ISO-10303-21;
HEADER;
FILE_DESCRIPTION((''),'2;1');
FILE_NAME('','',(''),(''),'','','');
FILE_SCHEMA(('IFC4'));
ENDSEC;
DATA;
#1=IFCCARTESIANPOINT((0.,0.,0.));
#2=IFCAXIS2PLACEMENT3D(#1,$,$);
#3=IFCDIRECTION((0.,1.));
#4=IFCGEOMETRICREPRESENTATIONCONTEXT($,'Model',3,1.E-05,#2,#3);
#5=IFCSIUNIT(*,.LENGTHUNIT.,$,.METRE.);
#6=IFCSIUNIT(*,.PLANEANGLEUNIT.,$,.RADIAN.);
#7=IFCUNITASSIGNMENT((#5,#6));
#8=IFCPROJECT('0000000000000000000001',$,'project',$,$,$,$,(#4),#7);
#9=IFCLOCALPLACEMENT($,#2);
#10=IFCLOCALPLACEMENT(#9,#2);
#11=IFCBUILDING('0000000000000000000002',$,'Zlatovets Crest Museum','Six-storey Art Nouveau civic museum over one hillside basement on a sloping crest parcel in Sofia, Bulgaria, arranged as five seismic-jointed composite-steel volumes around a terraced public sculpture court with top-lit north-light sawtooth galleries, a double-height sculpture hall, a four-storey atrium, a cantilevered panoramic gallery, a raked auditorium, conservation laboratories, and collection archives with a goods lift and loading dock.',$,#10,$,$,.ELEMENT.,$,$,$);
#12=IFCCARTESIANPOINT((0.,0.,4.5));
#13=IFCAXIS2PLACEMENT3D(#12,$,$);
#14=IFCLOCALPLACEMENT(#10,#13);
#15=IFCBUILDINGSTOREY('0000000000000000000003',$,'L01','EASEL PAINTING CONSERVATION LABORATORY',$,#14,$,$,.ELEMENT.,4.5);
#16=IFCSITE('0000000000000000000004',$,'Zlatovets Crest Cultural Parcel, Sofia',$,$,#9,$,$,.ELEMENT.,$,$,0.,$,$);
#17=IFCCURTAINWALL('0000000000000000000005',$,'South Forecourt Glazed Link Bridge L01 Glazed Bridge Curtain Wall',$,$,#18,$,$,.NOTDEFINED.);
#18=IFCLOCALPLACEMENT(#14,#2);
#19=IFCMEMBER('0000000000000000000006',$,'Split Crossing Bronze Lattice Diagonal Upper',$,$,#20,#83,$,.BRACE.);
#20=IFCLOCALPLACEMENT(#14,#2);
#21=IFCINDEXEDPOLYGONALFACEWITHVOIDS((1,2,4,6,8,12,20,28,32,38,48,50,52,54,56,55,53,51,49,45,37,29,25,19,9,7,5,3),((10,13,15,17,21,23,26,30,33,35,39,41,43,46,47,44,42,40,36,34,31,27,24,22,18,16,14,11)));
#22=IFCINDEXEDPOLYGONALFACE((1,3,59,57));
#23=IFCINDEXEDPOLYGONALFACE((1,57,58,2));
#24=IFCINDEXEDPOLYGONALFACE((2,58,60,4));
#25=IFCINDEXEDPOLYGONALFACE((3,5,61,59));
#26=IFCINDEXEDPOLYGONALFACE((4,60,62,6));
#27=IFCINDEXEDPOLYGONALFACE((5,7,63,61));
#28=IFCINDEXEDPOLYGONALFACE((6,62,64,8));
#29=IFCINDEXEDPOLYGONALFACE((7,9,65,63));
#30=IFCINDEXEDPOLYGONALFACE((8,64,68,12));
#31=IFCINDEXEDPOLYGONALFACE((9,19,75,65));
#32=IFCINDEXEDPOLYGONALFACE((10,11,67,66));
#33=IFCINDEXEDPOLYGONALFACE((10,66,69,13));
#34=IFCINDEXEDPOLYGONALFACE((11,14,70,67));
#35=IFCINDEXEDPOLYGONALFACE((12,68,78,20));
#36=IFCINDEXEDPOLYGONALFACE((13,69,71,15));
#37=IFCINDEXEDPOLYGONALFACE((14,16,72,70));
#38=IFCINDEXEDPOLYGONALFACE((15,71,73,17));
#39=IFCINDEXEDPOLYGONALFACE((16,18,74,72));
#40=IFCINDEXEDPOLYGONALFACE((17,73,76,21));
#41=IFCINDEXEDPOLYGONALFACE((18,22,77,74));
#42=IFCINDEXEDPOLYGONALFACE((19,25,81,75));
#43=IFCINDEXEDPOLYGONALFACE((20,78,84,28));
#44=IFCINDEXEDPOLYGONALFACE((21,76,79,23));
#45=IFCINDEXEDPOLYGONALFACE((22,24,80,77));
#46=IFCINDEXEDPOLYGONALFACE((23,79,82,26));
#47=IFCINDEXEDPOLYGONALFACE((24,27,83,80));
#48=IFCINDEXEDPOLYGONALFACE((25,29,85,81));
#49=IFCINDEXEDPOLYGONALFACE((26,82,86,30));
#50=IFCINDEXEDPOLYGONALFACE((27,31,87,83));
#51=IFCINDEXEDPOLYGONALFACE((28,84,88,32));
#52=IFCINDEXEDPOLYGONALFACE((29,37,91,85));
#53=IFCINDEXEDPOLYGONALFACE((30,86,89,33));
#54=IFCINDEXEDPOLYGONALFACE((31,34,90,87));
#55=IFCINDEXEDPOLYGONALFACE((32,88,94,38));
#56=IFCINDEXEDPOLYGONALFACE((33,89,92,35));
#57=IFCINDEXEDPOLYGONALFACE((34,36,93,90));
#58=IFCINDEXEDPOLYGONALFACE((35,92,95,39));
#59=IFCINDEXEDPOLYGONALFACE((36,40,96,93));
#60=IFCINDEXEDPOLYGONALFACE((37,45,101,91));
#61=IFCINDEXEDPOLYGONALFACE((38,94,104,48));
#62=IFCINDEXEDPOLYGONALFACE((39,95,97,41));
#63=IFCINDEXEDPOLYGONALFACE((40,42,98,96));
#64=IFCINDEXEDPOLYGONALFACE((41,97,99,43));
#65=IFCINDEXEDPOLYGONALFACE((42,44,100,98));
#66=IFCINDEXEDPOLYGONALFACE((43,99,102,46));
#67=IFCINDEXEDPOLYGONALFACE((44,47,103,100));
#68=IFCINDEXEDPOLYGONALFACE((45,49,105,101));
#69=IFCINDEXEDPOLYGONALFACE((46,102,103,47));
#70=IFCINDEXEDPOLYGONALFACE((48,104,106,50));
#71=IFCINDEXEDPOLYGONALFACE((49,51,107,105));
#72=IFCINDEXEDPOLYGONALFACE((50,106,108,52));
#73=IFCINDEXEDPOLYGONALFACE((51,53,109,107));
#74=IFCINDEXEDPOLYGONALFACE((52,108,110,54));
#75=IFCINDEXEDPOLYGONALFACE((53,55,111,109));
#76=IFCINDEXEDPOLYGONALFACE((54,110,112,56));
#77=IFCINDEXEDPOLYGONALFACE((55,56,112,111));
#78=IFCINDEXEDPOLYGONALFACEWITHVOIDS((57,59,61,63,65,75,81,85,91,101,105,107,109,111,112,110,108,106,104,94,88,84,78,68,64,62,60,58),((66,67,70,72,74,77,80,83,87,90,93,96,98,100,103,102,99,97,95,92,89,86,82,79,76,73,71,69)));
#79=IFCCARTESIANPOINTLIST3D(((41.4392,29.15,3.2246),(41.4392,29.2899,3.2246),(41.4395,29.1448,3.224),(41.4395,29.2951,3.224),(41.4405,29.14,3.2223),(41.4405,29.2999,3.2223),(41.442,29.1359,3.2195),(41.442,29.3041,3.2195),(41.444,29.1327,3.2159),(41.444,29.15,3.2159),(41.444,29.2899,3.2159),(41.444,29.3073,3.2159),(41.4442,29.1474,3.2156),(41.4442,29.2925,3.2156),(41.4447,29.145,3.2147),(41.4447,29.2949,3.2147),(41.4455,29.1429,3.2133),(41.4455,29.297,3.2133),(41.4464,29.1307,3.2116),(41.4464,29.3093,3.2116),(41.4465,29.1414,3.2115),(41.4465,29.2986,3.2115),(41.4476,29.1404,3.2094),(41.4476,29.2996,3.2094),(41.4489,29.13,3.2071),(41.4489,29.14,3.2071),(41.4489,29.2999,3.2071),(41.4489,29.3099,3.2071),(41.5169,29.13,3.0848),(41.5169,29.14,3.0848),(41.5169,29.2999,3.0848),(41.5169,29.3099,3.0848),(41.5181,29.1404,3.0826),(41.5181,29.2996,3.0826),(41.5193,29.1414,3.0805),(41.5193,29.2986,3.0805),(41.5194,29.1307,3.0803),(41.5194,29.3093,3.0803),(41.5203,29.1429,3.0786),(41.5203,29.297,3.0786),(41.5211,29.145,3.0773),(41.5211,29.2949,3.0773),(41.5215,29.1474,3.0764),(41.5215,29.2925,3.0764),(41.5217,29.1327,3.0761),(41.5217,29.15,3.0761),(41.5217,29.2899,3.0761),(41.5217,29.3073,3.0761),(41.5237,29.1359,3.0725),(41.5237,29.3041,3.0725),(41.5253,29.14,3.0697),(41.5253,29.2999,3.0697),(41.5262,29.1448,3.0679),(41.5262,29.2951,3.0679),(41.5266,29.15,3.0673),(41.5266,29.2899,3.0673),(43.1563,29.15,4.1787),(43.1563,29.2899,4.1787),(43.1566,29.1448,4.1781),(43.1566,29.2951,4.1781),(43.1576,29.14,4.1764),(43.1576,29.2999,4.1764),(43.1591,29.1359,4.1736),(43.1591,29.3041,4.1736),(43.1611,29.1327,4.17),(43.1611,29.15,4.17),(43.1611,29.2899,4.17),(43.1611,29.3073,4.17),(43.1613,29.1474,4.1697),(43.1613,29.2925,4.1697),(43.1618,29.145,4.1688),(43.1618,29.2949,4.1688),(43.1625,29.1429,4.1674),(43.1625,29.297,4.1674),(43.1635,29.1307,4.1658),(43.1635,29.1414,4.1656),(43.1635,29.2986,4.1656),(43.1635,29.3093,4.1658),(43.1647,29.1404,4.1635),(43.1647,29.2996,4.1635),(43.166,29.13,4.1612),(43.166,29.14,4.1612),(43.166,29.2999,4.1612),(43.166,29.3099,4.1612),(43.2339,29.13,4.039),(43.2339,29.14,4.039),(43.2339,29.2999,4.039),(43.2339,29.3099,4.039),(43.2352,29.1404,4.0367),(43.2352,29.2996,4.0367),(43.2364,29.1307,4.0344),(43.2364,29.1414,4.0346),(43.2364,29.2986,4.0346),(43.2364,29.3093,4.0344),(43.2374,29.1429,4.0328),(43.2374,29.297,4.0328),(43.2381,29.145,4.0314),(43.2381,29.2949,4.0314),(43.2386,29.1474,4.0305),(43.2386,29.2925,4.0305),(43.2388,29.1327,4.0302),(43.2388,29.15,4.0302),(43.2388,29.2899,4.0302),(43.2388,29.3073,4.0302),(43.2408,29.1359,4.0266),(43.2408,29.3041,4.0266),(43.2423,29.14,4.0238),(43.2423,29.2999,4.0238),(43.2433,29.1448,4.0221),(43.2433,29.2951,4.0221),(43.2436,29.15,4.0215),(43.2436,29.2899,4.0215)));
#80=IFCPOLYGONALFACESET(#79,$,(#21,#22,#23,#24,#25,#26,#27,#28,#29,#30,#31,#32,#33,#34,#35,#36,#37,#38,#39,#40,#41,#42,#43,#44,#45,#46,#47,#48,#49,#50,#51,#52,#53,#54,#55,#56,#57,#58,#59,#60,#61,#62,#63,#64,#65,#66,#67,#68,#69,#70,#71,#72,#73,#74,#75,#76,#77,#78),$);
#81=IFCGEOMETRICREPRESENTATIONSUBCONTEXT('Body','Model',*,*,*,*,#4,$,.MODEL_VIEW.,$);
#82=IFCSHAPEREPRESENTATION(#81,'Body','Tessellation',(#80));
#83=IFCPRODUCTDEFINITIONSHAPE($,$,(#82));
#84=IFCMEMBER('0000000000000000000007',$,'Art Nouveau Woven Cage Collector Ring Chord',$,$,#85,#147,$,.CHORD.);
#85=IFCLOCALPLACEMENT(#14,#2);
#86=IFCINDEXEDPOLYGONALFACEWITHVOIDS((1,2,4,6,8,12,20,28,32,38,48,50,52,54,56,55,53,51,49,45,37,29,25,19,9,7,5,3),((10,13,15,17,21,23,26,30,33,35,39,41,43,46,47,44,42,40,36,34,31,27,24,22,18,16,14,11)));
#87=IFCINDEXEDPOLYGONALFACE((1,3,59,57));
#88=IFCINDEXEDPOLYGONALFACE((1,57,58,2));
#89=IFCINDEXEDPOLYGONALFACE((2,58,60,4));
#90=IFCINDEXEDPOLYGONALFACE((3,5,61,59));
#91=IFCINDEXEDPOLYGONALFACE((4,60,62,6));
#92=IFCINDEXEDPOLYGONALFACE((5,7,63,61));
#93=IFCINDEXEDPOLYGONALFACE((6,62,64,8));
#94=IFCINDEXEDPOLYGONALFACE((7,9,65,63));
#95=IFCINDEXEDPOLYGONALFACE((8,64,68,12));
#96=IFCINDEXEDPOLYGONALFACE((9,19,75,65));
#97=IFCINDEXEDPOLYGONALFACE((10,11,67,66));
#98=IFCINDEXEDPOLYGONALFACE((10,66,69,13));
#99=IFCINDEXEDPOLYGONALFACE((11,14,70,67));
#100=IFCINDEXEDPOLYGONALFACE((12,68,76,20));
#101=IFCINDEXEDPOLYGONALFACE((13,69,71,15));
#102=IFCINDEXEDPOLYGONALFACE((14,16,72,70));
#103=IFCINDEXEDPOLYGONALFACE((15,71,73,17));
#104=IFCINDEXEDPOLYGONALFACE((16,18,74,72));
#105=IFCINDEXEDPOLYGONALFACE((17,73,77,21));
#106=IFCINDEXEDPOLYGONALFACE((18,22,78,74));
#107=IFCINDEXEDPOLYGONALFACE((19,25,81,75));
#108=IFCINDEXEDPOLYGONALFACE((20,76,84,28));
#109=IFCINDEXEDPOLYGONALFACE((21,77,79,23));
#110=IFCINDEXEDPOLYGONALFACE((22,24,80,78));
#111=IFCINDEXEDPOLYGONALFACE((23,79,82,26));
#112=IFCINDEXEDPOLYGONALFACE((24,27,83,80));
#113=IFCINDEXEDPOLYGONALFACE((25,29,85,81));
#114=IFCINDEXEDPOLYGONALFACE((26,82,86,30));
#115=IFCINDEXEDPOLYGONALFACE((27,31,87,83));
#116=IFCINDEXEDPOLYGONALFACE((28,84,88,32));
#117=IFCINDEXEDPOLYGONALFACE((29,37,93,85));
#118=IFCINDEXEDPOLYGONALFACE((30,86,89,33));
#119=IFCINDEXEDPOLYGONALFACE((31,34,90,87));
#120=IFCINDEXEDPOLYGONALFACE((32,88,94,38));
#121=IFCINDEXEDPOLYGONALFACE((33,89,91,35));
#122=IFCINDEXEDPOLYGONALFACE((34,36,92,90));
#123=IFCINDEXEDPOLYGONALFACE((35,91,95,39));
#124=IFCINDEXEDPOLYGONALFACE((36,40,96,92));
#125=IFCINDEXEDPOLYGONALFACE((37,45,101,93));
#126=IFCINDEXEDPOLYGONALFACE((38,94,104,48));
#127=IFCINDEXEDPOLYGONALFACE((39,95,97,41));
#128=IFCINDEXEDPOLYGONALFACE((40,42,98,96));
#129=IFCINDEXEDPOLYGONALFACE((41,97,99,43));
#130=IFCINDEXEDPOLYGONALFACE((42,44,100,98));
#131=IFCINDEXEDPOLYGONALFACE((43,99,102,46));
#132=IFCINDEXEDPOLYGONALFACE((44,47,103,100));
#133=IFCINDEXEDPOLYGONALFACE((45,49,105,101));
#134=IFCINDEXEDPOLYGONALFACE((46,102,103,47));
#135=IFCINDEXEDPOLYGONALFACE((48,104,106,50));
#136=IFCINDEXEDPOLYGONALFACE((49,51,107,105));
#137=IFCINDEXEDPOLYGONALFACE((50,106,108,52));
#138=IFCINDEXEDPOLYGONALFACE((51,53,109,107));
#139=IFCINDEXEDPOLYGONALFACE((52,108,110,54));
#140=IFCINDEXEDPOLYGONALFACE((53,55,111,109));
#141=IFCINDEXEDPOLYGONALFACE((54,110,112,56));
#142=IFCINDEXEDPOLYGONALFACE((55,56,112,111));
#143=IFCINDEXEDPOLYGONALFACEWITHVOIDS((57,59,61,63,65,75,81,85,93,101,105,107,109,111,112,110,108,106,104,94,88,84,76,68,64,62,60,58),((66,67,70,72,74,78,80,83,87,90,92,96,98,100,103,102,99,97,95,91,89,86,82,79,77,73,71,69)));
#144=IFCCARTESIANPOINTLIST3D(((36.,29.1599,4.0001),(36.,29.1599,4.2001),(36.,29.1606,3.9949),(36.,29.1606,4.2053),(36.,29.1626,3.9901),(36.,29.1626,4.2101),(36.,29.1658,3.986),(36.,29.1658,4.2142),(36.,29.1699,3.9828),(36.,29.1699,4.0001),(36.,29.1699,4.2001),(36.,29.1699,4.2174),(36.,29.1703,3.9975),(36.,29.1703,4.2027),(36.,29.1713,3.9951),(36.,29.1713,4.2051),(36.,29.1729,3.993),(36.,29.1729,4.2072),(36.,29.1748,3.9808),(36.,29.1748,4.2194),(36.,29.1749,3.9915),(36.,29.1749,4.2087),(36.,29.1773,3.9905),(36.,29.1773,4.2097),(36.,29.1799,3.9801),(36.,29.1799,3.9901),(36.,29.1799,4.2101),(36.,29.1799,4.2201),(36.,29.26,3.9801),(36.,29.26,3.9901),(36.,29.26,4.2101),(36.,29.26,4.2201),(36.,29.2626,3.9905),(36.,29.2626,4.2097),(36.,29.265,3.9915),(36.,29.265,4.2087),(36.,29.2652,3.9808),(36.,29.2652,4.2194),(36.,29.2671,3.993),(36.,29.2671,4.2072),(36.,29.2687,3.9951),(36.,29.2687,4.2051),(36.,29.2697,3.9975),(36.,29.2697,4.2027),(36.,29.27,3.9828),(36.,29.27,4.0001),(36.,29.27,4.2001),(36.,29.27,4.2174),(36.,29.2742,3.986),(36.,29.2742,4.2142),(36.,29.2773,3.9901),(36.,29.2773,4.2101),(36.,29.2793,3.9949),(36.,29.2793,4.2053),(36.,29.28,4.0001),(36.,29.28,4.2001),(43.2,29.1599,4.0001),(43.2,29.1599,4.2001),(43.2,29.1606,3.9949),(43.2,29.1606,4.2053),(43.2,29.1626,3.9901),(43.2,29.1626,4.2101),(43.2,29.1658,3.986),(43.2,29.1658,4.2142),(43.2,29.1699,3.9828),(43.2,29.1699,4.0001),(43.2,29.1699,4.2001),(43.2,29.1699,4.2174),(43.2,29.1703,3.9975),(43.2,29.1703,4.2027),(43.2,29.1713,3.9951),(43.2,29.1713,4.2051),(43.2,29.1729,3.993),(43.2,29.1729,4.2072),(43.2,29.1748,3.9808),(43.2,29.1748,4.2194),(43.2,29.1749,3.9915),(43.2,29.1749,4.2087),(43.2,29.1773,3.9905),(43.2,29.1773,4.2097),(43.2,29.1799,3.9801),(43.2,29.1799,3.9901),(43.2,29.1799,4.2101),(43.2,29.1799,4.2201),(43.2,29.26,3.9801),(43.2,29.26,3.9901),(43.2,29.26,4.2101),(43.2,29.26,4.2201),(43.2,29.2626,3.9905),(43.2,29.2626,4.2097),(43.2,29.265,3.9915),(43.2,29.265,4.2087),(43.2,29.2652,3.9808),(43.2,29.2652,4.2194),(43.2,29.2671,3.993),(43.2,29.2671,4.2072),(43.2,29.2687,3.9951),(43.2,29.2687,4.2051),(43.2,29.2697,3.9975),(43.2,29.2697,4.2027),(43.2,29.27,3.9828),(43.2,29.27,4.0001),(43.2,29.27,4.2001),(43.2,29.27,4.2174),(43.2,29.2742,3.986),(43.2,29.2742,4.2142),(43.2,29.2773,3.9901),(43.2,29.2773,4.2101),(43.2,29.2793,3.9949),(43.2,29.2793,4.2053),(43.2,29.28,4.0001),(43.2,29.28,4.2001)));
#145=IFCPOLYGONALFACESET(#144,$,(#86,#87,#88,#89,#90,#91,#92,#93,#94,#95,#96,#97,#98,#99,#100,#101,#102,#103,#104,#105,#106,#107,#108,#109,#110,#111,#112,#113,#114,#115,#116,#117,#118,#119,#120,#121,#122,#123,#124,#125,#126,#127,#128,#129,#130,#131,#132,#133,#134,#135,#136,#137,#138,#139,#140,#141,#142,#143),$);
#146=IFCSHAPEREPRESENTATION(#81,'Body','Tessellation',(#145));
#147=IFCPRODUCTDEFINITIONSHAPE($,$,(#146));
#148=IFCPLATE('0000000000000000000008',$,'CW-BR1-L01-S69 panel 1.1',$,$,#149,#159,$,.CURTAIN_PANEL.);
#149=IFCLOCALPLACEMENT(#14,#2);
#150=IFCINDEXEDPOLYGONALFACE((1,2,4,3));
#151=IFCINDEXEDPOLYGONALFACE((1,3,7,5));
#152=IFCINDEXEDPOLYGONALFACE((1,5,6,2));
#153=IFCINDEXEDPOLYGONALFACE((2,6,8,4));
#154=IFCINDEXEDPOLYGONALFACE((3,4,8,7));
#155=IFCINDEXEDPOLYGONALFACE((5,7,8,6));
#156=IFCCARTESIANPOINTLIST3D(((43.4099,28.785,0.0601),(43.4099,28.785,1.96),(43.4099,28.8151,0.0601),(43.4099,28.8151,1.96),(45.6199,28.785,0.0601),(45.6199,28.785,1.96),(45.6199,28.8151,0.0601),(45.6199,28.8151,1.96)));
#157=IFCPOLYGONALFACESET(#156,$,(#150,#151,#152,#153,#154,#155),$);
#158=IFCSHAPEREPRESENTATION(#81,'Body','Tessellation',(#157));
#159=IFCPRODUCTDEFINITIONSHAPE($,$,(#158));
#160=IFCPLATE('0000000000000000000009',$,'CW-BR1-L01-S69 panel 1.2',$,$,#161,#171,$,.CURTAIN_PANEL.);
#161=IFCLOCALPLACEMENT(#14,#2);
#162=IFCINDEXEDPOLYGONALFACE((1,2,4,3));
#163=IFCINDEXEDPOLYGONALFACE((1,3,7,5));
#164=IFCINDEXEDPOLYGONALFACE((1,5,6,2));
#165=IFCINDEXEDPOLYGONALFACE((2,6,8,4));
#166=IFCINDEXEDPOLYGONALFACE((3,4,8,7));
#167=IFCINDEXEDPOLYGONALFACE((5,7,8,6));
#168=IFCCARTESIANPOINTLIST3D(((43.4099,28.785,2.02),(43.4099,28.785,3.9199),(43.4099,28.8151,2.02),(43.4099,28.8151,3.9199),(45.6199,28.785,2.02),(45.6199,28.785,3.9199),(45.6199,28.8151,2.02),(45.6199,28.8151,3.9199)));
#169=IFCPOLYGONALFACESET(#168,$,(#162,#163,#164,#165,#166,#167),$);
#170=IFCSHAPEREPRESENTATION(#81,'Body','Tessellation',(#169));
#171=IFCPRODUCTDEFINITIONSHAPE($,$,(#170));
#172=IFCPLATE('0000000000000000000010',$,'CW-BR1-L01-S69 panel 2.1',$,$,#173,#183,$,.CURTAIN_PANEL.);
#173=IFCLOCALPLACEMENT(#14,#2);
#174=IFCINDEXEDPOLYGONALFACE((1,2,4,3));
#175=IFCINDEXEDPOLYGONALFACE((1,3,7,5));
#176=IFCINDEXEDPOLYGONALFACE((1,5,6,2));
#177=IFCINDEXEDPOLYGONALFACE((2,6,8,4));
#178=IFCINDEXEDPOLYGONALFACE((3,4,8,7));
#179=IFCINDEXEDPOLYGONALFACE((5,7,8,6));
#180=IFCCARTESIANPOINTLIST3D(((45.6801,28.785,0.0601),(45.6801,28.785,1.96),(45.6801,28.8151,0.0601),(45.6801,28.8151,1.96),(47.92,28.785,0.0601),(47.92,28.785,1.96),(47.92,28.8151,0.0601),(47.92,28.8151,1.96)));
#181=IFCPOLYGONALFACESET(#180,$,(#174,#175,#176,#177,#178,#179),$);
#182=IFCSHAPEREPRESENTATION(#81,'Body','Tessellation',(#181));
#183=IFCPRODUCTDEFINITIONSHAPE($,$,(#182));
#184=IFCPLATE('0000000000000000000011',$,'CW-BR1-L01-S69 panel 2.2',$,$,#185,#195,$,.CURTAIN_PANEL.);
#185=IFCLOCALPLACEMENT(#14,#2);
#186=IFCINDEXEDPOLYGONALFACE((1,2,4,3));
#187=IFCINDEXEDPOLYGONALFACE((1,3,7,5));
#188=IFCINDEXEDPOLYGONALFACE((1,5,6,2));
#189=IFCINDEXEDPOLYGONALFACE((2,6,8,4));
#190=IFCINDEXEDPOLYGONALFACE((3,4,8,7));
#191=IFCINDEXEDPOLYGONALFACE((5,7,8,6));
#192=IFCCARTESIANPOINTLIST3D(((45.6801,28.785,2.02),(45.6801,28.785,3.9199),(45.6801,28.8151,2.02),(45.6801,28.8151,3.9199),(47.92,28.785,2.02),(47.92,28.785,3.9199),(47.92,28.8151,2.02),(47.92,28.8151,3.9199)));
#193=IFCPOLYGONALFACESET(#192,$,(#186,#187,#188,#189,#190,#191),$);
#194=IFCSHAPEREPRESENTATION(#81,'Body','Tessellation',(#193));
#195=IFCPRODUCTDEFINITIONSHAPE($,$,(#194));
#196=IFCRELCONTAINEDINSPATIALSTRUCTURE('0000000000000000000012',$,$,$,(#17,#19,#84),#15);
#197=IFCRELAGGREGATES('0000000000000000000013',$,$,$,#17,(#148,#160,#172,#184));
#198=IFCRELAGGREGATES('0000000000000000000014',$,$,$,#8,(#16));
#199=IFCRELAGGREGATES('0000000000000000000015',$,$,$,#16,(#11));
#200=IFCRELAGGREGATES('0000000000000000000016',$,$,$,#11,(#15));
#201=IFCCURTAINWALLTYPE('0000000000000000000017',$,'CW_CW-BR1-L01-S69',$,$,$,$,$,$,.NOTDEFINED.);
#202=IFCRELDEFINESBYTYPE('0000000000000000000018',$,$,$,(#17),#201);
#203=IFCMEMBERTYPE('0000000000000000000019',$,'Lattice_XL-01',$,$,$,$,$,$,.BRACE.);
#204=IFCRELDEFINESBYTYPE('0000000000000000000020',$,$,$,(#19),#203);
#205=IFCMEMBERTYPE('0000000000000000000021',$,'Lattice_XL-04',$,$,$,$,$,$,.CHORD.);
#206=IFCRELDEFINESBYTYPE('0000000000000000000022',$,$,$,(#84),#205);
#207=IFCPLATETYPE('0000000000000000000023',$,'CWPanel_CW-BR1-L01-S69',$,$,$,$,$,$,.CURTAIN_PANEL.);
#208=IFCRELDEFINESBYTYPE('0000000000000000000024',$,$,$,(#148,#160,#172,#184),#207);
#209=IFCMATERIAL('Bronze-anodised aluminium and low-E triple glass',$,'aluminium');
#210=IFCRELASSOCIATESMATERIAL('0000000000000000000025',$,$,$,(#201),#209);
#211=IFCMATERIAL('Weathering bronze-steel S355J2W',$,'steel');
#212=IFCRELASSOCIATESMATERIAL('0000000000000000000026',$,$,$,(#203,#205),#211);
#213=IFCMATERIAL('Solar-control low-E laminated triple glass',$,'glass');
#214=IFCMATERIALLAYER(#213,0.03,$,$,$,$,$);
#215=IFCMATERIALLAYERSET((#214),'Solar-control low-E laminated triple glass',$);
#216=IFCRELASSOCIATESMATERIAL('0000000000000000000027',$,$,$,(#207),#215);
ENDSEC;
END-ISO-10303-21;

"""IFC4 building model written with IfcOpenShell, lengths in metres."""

from ifc_helpers import new_model, si_unit, direction, frame, origin, origin_2d, place, context, subcontext, project, spatial, rectangle, hollow_rectangle, extrude, material, layer, layer_set, material_profile, profile_set, type_object, element, aggregate, save


model = new_model("IFC4")

# Units and contexts
model_context = context("Model", 3, precision=1e-05, world=origin(), true_north=direction((0.0, 1.0)))
body_context = subcontext(model_context, "Body", "Model", "MODEL_VIEW")
ifc_project = project(units=[si_unit("LENGTHUNIT", "METRE"), si_unit("PLANEANGLEUNIT", "RADIAN")], contexts=[model_context])

# Site, building, storey
site_placement = place(None, origin())
site = spatial("IfcSite", under=ifc_project, at=site_placement, Name="Zlatovets Crest Cultural Parcel, Sofia", CompositionType="ELEMENT", RefElevation=0.0)
building_placement = place(site_placement, origin())
building = spatial("IfcBuilding", under=site, at=building_placement, Name="Zlatovets Crest Museum", Description="Six-storey Art Nouveau civic museum over one hillside basement on a sloping crest parcel in Sofia, Bulgaria, arranged as five seismic-jointed composite-steel volumes around a terraced public sculpture court with top-lit north-light sawtooth galleries, a double-height sculpture hall, a four-storey atrium, a cantilevered panoramic gallery, a raked auditorium, conservation laboratories, and collection archives with a goods lift and loading dock.", CompositionType="ELEMENT")
storey_placement = place(building_placement, frame((0.0, 0.0, 4.5)))
storey = spatial("IfcBuildingStorey", under=building, at=storey_placement, Name="L01", Description="EASEL PAINTING CONSERVATION LABORATORY", CompositionType="ELEMENT", Elevation=4.5)

# Shared definitions
ifc_material_1 = material(Name="Bronze-anodised aluminium and low-E triple glass", Category="aluminium")
curtain_wall_type = type_object("IfcCurtainWallType", Name="CW_CW-BR1-L01-S69", PredefinedType="NOTDEFINED", material=ifc_material_1)

# Curtain wall
curtain_wall_1_placement = place(storey_placement, origin())
curtain_wall_1 = element("IfcCurtainWall", 1, at=curtain_wall_1_placement, inside=storey, type_object=curtain_wall_type, Name="South Forecourt Glazed Link Bridge L01 Glazed Bridge Curtain Wall", PredefinedType="NOTDEFINED")

# Members
ifc_material_2 = material(Name="Weathering bronze-steel S355J2W", Category="steel")
ifc_material_profile_1 = material_profile(ifc_material_2, hollow_rectangle(XDim=0.1799, YDim=0.1799, WallThickness=0.01, InnerFilletRadius=0.01, OuterFilletRadius=0.02, at=origin_2d()), Name="SHS 180x180x10.0")
ifc_profile_set_1 = profile_set([ifc_material_profile_1], Name="Weathering bronze-steel S355J2W")
member_type_1 = type_object("IfcMemberType", Name="Lattice_XL-01", PredefinedType="BRACE", material=ifc_profile_set_1)
member_1_placement = place(storey_placement, frame((43.2, 29.22, 4.1001), z_axis=(-0.874116, 0.0, -0.485717), x_axis=(0.0, -1.0, 0.0)))
element("IfcMember", 2, at=member_1_placement, inside=storey, type_object=member_type_1, Name="Split Crossing Bronze Lattice Diagonal Upper", PredefinedType="BRACE", context=body_context, shape_type="SweptSolid", body=[
    extrude(hollow_rectangle(XDim=0.1799, YDim=0.1799, WallThickness=0.01, InnerFilletRadius=0.01, OuterFilletRadius=0.02, at=origin_2d()), origin(), (0.0, 0.0, 1.0), 1.9644),
])
ifc_material_profile_2 = material_profile(ifc_material_2, hollow_rectangle(XDim=0.1201, YDim=0.24, WallThickness=0.01, InnerFilletRadius=0.01, OuterFilletRadius=0.02, at=origin_2d()), Name="RHS 120x240x10.0")
ifc_profile_set_2 = profile_set([ifc_material_profile_2], Name="Weathering bronze-steel S355J2W")
member_type_2 = type_object("IfcMemberType", Name="Lattice_XL-04", PredefinedType="CHORD", material=ifc_profile_set_2)
member_2_placement = place(storey_placement, frame((43.2, 29.22, 4.1001), z_axis=(-1.0, 0.0, 0.0), x_axis=(0.0, -1.0, 0.0)))
element("IfcMember", 3, at=member_2_placement, inside=storey, type_object=member_type_2, Name="Art Nouveau Woven Cage Collector Ring Chord", PredefinedType="CHORD", context=body_context, shape_type="SweptSolid", body=[
    extrude(hollow_rectangle(XDim=0.1201, YDim=0.24, WallThickness=0.01, InnerFilletRadius=0.01, OuterFilletRadius=0.02, at=origin_2d()), origin(), (0.0, 0.0, 1.0), 7.2),
])

# Plates
ifc_material_3 = material(Name="Solar-control low-E laminated triple glass", Category="glass")
ifc_layer = layer(ifc_material_3, 0.03)
ifc_layer_set = layer_set([ifc_layer], Name="Solar-control low-E laminated triple glass")
plate_type = type_object("IfcPlateType", Name="CWPanel_CW-BR1-L01-S69", PredefinedType="CURTAIN_PANEL", material=ifc_layer_set)
plate_1_placement = place(storey_placement, frame((44.5149, 28.8, 0.0601), z_axis=(0.0, 0.0, 1.0), x_axis=(1.0, 0.0, 0.0)))
plate_1 = element("IfcPlate", 4, at=plate_1_placement, type_object=plate_type, Name="CW-BR1-L01-S69 panel 1.1", PredefinedType="CURTAIN_PANEL", context=body_context, shape_type="SweptSolid", body=[
    extrude(rectangle(XDim=2.21, YDim=0.03, at=origin_2d()), origin(), (0.0, 0.0, 1.0), 1.8999),
])
plate_2_placement = place(storey_placement, frame((44.5149, 28.8, 2.02), z_axis=(0.0, 0.0, 1.0), x_axis=(1.0, 0.0, 0.0)))
plate_2 = element("IfcPlate", 5, at=plate_2_placement, type_object=plate_type, Name="CW-BR1-L01-S69 panel 1.2", PredefinedType="CURTAIN_PANEL", context=body_context, shape_type="SweptSolid", body=[
    extrude(rectangle(XDim=2.21, YDim=0.03, at=origin_2d()), origin(), (0.0, 0.0, 1.0), 1.8999),
])
plate_3_placement = place(storey_placement, frame((46.8, 28.8, 0.0601), z_axis=(0.0, 0.0, 1.0), x_axis=(1.0, 0.0, 0.0)))
plate_3 = element("IfcPlate", 6, at=plate_3_placement, type_object=plate_type, Name="CW-BR1-L01-S69 panel 2.1", PredefinedType="CURTAIN_PANEL", context=body_context, shape_type="SweptSolid", body=[
    extrude(rectangle(XDim=2.24, YDim=0.03, at=origin_2d()), origin(), (0.0, 0.0, 1.0), 1.8999),
])
plate_4_placement = place(storey_placement, frame((46.8, 28.8, 2.02), z_axis=(0.0, 0.0, 1.0), x_axis=(1.0, 0.0, 0.0)))
plate_4 = element("IfcPlate", 7, at=plate_4_placement, type_object=plate_type, Name="CW-BR1-L01-S69 panel 2.2", PredefinedType="CURTAIN_PANEL", context=body_context, shape_type="SweptSolid", body=[
    extrude(rectangle(XDim=2.24, YDim=0.03, at=origin_2d()), origin(), (0.0, 0.0, 1.0), 1.8999),
])
aggregate(curtain_wall_1, [plate_1, plate_2, plate_3, plate_4])

save(model, "model.ifc")
